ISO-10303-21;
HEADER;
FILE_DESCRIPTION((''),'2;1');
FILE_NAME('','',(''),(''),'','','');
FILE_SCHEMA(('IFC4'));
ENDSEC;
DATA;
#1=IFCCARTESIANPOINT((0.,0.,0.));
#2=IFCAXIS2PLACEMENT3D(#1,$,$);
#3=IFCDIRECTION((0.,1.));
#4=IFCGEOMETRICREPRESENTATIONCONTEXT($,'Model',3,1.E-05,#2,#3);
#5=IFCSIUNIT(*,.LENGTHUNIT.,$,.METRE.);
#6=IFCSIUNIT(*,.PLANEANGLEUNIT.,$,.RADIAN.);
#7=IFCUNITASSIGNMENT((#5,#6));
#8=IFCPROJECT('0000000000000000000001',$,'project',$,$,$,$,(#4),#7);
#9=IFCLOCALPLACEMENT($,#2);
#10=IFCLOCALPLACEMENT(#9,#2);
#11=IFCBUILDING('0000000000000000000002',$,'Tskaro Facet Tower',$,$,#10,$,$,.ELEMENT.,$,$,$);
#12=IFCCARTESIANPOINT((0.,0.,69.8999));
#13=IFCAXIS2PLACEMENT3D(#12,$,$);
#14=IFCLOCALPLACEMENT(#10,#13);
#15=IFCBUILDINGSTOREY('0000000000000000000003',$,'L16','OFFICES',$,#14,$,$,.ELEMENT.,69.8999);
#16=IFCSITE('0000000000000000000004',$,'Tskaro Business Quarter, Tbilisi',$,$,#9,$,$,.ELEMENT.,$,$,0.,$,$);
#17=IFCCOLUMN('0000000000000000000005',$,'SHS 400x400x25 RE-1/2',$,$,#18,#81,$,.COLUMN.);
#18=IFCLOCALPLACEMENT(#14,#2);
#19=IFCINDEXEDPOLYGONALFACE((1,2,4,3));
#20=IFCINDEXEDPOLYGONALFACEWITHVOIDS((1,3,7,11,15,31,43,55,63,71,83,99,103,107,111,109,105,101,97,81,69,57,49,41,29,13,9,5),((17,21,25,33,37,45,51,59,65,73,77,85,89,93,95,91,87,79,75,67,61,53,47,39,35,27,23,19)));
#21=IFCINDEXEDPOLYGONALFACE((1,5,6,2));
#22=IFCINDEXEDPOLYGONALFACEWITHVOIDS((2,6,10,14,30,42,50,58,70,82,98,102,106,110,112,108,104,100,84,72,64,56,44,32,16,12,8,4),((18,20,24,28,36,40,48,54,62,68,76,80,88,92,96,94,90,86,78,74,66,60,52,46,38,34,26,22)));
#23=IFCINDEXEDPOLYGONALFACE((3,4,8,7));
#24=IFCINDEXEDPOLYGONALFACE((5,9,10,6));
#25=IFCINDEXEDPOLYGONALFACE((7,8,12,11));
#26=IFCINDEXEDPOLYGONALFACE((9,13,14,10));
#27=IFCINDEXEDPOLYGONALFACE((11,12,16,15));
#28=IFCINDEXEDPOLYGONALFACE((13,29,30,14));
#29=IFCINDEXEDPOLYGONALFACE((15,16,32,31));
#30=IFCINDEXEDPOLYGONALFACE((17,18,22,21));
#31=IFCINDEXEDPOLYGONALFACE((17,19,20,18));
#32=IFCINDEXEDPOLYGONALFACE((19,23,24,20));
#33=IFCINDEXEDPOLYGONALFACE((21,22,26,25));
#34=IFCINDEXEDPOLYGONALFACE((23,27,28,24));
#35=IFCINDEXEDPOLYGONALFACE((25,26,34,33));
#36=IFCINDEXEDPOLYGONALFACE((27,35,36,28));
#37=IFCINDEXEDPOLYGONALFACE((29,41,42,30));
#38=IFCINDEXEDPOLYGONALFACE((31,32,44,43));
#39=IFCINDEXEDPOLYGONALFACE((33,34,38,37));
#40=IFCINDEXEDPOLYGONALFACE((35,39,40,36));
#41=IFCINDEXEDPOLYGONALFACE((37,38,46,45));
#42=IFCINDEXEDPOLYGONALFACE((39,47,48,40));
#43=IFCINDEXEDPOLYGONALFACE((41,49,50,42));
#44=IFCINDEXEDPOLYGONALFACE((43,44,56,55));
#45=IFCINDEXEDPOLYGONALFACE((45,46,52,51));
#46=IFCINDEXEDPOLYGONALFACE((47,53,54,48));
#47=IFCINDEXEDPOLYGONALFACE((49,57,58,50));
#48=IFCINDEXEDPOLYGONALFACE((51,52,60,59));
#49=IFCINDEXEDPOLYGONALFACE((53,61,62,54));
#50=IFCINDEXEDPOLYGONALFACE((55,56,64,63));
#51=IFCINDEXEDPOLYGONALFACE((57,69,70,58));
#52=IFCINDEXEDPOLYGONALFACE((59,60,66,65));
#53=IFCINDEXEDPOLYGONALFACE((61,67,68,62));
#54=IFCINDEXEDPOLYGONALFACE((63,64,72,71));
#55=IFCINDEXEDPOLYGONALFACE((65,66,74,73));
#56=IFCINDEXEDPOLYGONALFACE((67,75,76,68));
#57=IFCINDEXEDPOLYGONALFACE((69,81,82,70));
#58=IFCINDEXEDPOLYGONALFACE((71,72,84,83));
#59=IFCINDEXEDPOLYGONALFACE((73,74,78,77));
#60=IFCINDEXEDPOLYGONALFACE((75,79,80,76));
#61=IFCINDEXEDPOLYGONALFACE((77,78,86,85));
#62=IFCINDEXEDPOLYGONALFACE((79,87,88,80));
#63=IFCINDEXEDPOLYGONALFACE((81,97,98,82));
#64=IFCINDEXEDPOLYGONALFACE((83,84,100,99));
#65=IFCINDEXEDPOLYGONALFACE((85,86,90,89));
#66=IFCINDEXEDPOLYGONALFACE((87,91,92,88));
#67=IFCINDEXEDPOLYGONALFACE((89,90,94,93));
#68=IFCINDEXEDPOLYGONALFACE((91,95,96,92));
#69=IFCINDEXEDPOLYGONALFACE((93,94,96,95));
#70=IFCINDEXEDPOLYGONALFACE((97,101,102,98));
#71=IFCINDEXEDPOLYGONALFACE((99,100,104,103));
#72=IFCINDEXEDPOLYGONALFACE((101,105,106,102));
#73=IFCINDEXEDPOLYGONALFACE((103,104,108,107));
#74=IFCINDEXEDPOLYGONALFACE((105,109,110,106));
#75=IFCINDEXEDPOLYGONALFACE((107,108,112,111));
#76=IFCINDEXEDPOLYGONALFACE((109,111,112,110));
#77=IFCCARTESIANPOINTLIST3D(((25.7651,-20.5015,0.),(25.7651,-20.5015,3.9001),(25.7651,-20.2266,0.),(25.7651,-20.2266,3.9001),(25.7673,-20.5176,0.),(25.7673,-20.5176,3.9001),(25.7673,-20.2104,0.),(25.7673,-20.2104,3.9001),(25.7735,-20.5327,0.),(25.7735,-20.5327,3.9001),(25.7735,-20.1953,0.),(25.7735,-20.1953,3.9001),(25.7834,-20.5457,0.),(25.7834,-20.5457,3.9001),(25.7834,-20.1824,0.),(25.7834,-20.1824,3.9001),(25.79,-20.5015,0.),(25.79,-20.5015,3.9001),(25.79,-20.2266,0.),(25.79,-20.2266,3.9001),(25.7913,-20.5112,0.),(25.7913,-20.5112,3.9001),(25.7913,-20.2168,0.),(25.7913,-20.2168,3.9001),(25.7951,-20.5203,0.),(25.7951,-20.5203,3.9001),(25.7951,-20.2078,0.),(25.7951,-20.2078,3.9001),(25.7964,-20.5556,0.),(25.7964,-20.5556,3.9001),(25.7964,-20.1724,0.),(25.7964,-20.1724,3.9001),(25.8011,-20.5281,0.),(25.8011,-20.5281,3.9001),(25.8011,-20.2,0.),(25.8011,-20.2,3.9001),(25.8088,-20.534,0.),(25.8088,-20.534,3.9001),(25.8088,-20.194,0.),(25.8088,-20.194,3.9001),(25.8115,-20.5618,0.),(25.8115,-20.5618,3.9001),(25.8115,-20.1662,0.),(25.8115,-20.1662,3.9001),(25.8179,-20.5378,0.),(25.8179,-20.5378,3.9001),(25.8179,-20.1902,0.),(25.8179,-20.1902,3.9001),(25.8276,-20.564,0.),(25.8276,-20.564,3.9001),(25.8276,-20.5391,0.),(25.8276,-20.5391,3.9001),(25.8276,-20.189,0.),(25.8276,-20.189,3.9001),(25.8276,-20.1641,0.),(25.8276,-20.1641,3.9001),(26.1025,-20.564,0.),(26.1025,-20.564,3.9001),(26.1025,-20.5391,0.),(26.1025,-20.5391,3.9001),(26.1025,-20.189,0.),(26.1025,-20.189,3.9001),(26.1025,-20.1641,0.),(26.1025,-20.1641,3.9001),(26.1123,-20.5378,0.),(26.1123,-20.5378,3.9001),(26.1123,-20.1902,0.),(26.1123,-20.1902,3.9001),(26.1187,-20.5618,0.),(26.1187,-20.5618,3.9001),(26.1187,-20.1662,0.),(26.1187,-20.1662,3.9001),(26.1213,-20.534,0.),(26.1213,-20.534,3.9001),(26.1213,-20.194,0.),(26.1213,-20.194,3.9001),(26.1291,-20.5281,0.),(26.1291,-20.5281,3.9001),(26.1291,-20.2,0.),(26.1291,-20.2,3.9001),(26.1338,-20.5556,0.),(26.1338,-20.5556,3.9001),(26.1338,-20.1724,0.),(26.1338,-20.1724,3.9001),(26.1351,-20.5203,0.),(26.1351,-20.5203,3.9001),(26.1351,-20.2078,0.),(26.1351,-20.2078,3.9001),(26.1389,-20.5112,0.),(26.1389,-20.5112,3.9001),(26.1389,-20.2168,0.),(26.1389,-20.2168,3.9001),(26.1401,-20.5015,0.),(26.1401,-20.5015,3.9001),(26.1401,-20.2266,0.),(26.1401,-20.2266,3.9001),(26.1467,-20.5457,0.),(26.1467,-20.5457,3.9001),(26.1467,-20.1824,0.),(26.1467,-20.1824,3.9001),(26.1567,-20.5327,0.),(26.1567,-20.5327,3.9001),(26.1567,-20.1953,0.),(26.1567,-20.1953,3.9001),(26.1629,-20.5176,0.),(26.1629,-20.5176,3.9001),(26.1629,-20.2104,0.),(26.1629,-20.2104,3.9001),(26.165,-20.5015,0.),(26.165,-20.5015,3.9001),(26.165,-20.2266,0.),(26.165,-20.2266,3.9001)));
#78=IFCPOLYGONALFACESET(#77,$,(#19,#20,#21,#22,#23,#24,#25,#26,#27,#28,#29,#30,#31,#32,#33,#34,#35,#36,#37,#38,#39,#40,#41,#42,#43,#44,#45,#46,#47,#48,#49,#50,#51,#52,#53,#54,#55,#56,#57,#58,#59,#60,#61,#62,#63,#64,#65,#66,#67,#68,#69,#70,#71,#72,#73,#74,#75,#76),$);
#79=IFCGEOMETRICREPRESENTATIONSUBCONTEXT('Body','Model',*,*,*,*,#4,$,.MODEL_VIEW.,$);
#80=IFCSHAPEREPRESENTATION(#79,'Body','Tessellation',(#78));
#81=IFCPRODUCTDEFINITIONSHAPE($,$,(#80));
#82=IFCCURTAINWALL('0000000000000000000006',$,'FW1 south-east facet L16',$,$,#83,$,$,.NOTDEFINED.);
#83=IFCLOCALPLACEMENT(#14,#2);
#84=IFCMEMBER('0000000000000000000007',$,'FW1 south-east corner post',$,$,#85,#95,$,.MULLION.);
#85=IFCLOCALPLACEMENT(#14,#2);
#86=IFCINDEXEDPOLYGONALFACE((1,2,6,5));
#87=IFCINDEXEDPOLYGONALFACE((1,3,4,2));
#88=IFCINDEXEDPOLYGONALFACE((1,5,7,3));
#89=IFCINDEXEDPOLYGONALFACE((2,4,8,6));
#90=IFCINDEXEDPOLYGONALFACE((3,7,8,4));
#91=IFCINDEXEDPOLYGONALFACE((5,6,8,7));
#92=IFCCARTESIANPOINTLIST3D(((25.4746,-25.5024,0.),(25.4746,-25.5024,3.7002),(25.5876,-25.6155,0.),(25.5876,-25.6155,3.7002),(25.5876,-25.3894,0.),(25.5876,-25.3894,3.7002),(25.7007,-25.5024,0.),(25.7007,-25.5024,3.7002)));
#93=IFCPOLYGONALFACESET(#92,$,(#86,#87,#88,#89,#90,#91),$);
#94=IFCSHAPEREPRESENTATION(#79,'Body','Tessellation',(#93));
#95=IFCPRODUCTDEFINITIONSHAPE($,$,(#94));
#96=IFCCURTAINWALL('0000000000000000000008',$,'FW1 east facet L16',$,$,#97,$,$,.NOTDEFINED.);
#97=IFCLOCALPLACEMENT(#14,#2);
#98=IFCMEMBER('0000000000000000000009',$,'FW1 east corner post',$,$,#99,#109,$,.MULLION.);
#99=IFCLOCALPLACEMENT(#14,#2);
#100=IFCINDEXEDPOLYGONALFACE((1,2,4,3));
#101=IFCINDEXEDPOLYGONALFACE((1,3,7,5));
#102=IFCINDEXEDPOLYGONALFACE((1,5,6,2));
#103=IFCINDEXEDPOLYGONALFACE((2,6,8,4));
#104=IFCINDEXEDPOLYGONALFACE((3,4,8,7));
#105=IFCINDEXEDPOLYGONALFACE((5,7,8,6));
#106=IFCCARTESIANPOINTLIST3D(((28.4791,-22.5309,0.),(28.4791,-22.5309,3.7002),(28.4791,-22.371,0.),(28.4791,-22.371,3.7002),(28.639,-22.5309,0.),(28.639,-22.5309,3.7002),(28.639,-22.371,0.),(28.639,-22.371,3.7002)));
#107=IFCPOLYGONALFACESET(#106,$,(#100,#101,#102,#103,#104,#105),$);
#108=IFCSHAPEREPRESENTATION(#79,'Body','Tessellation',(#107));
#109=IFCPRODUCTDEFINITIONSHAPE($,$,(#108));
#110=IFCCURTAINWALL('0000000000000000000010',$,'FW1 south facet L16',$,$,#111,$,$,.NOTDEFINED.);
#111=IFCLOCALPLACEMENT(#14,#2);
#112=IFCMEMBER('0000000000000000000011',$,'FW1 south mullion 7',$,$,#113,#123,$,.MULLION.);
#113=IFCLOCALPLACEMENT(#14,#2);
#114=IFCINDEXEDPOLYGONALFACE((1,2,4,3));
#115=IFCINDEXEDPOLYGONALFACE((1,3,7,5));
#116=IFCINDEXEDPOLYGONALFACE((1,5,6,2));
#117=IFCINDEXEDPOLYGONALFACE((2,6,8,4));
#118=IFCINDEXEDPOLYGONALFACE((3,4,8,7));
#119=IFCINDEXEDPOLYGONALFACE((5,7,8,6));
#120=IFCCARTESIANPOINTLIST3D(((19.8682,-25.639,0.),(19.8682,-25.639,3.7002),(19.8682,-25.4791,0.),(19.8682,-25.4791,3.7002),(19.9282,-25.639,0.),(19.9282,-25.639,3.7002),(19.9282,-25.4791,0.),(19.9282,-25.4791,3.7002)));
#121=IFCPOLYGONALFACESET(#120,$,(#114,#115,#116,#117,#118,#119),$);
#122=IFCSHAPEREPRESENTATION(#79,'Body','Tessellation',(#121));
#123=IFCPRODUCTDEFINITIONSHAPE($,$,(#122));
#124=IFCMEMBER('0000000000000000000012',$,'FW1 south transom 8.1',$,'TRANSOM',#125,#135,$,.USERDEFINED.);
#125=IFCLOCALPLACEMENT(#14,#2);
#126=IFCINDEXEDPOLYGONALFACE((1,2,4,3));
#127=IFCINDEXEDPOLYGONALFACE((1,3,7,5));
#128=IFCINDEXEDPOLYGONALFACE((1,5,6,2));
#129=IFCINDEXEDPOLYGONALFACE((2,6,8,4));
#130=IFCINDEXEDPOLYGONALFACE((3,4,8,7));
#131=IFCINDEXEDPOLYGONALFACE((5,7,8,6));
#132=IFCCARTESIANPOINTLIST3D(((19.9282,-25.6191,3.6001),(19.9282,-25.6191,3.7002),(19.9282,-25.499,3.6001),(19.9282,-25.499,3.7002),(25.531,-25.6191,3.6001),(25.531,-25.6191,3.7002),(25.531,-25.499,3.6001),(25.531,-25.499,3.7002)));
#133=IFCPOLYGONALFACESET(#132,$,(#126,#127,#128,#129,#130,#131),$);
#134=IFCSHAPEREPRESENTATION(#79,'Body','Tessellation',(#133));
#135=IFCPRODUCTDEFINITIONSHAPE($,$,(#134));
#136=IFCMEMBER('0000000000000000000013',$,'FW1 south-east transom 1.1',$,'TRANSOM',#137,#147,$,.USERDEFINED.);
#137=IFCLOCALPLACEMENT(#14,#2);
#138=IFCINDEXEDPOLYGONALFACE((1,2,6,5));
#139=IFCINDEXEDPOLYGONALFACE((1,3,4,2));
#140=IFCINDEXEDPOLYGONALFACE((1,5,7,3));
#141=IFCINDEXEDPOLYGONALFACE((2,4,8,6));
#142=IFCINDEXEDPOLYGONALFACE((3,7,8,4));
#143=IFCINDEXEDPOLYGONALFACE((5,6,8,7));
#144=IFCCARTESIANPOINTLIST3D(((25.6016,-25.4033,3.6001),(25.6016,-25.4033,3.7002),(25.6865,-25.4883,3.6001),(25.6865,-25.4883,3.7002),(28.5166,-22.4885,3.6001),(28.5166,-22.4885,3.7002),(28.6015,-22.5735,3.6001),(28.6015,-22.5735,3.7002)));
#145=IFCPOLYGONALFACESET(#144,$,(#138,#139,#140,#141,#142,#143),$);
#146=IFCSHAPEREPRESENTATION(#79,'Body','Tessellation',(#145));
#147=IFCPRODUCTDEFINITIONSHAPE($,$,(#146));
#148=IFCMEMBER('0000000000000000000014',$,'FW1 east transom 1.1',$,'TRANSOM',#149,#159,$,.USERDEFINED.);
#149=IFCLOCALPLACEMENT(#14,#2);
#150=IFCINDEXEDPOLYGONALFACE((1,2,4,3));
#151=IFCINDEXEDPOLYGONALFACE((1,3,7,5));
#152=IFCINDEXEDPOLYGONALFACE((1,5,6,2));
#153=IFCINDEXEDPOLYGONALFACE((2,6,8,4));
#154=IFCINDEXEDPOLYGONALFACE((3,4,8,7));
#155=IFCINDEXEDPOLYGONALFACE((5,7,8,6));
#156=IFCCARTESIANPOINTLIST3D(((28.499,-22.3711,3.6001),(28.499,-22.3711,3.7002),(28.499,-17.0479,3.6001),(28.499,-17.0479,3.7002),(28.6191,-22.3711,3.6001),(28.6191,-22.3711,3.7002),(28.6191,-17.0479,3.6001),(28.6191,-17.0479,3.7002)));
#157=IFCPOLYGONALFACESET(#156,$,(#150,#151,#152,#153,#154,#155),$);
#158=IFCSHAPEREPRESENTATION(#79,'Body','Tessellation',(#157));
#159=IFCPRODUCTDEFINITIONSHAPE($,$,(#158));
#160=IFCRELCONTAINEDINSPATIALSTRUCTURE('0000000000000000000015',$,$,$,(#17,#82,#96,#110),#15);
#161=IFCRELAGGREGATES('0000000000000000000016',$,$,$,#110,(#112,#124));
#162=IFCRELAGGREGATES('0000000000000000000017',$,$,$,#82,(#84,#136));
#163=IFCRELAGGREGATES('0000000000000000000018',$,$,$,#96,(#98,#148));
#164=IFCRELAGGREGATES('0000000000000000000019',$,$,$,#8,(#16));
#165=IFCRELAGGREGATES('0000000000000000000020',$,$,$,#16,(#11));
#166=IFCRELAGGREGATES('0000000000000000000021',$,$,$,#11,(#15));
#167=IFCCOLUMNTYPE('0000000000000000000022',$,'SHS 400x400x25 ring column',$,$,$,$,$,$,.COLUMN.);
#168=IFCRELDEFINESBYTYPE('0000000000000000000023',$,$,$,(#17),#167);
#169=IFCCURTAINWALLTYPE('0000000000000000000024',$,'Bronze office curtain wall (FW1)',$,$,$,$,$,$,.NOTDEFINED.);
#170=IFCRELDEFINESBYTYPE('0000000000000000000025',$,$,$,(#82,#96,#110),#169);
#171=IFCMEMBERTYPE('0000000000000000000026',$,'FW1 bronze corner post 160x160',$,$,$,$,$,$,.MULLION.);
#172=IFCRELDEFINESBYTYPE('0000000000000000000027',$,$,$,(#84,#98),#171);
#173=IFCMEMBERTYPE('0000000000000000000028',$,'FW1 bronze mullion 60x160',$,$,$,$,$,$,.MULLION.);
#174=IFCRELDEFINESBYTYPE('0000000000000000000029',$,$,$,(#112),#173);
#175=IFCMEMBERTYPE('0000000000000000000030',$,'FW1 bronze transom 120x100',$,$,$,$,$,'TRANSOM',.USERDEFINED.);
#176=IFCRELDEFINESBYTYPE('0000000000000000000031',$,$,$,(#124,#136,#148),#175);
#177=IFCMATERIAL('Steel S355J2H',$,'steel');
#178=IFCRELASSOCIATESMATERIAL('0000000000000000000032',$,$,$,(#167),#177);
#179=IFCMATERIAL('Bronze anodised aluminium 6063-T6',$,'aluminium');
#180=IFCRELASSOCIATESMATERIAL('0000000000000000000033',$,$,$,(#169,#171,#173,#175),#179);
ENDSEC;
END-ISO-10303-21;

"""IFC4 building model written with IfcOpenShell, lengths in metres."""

from ifc_helpers import new_model, si_unit, direction, frame, origin, origin_2d, place, context, subcontext, project, spatial, rectangle, hollow_rectangle, extrude, material, material_profile, profile_set, type_object, element, aggregate, save


model = new_model("IFC4")

# Units and contexts
model_context = context("Model", 3, precision=1e-05, world=origin(), true_north=direction((0.0, 1.0)))
body_context = subcontext(model_context, "Body", "Model", "MODEL_VIEW")
ifc_project = project(units=[si_unit("LENGTHUNIT", "METRE"), si_unit("PLANEANGLEUNIT", "RADIAN")], contexts=[model_context])

# Site, building, storey
site_placement = place(None, origin())
site = spatial("IfcSite", under=ifc_project, at=site_placement, Name="Tskaro Business Quarter, Tbilisi", CompositionType="ELEMENT", RefElevation=0.0)
building_placement = place(site_placement, origin())
building = spatial("IfcBuilding", under=site, at=building_placement, Name="Tskaro Facet Tower", CompositionType="ELEMENT")
storey_placement = place(building_placement, frame((0.0, 0.0, 69.8999)))
storey = spatial("IfcBuildingStorey", under=building, at=storey_placement, Name="L16", Description="OFFICES", CompositionType="ELEMENT", Elevation=69.8999)

# Column
ifc_material_1 = material(Name="Steel S355J2H", Category="steel")
ifc_material_profile_1 = material_profile(ifc_material_1, hollow_rectangle(XDim=0.3999, YDim=0.3999, WallThickness=0.0249, InnerFilletRadius=0.0376, OuterFilletRadius=0.0625, at=origin_2d()), Name="SHS 400x400x25")
ifc_profile_set_1 = profile_set([ifc_material_profile_1], Name="Steel S355J2H")
column_type_1 = type_object("IfcColumnType", Name="SHS 400x400x25 ring column", PredefinedType="COLUMN", material=ifc_profile_set_1)
for number, where, z_axis, x_axis, name in (
    (1, (25.9651, -20.364, 0.0), (0.0, 0.0, 1.0), (1.0, 0.0, 0.0), "SHS 400x400x25 RE-1/2"),
):
    element("IfcColumn", number, at=place(storey_placement, frame(where, z_axis=z_axis, x_axis=x_axis)), inside=storey, type_object=column_type_1, Name=name, PredefinedType="COLUMN", context=body_context, shape_type="SweptSolid", body=[
        extrude(hollow_rectangle(XDim=0.3999, YDim=0.3999, WallThickness=0.0249, InnerFilletRadius=0.0376, OuterFilletRadius=0.0625, at=origin_2d()), origin(), (0.0, 0.0, 1.0), 3.9001),
    ])

# Curtain walls, members
ifc_material_2 = material(Name="Bronze anodised aluminium 6063-T6", Category="aluminium")
curtain_wall_type = type_object("IfcCurtainWallType", Name="Bronze office curtain wall (FW1)", PredefinedType="NOTDEFINED", material=ifc_material_2)
curtain_wall_1_placement = place(storey_placement, origin())
curtain_wall_1 = element("IfcCurtainWall", 2, at=curtain_wall_1_placement, inside=storey, type_object=curtain_wall_type, Name="FW1 south-east facet L16", PredefinedType="NOTDEFINED")
ifc_material_profile_2 = material_profile(ifc_material_2, rectangle(XDim=0.1599, YDim=0.1599, at=origin_2d()), Name="Corner post 160x160")
ifc_profile_set_2 = profile_set([ifc_material_profile_2], Name="Bronze anodised aluminium 6063-T6")
member_type_1 = type_object("IfcMemberType", Name="FW1 bronze corner post 160x160", PredefinedType="MULLION", material=ifc_profile_set_2)
member_1_placement = place(storey_placement, frame((25.5876, -25.5024, 0.0), z_axis=(0.0, 0.0, 1.0), x_axis=(0.707107, 0.707107, 0.0)))
member_1 = element("IfcMember", 3, at=member_1_placement, type_object=member_type_1, Name="FW1 south-east corner post", PredefinedType="MULLION", context=body_context, shape_type="SweptSolid", body=[
    extrude(rectangle(XDim=0.1599, YDim=0.1599, at=origin_2d()), origin(), (0.0, 0.0, 1.0), 3.7002),
])
curtain_wall_2_placement = place(storey_placement, origin())
curtain_wall_2 = element("IfcCurtainWall", 4, at=curtain_wall_2_placement, inside=storey, type_object=curtain_wall_type, Name="FW1 east facet L16", PredefinedType="NOTDEFINED")
member_2_placement = place(storey_placement, frame((28.5591, -22.4509, 0.0), z_axis=(0.0, 0.0, 1.0), x_axis=(0.0, 1.0, 0.0)))
member_2 = element("IfcMember", 5, at=member_2_placement, type_object=member_type_1, Name="FW1 east corner post", PredefinedType="MULLION", context=body_context, shape_type="SweptSolid", body=[
    extrude(rectangle(XDim=0.1599, YDim=0.1599, at=origin_2d()), origin(), (0.0, 0.0, 1.0), 3.7002),
])

# Curtain wall, members
curtain_wall_3_placement = place(storey_placement, origin())
curtain_wall_3 = element("IfcCurtainWall", 6, at=curtain_wall_3_placement, inside=storey, type_object=curtain_wall_type, Name="FW1 south facet L16", PredefinedType="NOTDEFINED")
ifc_material_profile_3 = material_profile(ifc_material_2, rectangle(XDim=0.0601, YDim=0.1599, at=origin_2d()), Name="Mullion 60x160")
ifc_profile_set_3 = profile_set([ifc_material_profile_3], Name="Bronze anodised aluminium 6063-T6")
member_type_2 = type_object("IfcMemberType", Name="FW1 bronze mullion 60x160", PredefinedType="MULLION", material=ifc_profile_set_3)
member_3_placement = place(storey_placement, frame((19.8982, -25.5591, 0.0), z_axis=(0.0, 0.0, 1.0), x_axis=(1.0, 0.0, 0.0)))
member_3 = element("IfcMember", 7, at=member_3_placement, type_object=member_type_2, Name="FW1 south mullion 7", PredefinedType="MULLION", context=body_context, shape_type="SweptSolid", body=[
    extrude(rectangle(XDim=0.0601, YDim=0.1599, at=origin_2d()), origin(), (0.0, 0.0, 1.0), 3.7002),
])
ifc_material_profile_4 = material_profile(ifc_material_2, rectangle(XDim=0.1201, YDim=0.1001, at=origin_2d()), Name="Transom 120x100")
ifc_profile_set_4 = profile_set([ifc_material_profile_4], Name="Bronze anodised aluminium 6063-T6")
member_type_3 = type_object("IfcMemberType", Name="FW1 bronze transom 120x100", ElementType="TRANSOM", PredefinedType="USERDEFINED", material=ifc_profile_set_4)
member_4_placement = place(storey_placement, frame((19.9282, -25.5591, 3.6501), z_axis=(1.0, 0.0, 0.0), x_axis=(0.0, 1.0, 0.0)))
member_4 = element("IfcMember", 8, at=member_4_placement, type_object=member_type_3, Name="FW1 south transom 8.1", ObjectType="TRANSOM", PredefinedType="USERDEFINED", context=body_context, shape_type="SweptSolid", body=[
    extrude(rectangle(XDim=0.1201, YDim=0.1001, at=origin_2d()), origin(), (0.0, 0.0, 1.0), 5.6028),
])

# Members
member_5_placement = place(storey_placement, frame((25.644, -25.4458, 3.6501), z_axis=(0.707136, 0.707077, 0.0), x_axis=(-0.707077, 0.707136, 0.0)))
member_5 = element("IfcMember", 9, at=member_5_placement, type_object=member_type_3, Name="FW1 south-east transom 1.1", ObjectType="TRANSOM", PredefinedType="USERDEFINED", context=body_context, shape_type="SweptSolid", body=[
    extrude(rectangle(XDim=0.1201, YDim=0.1001, at=origin_2d()), origin(), (0.0, 0.0, 1.0), 4.1223),
])
member_6_placement = place(storey_placement, frame((28.5591, -22.3711, 3.6501), z_axis=(0.0, 1.0, 0.0), x_axis=(-1.0, 0.0, 0.0)))
member_6 = element("IfcMember", 10, at=member_6_placement, type_object=member_type_3, Name="FW1 east transom 1.1", ObjectType="TRANSOM", PredefinedType="USERDEFINED", context=body_context, shape_type="SweptSolid", body=[
    extrude(rectangle(XDim=0.1201, YDim=0.1001, at=origin_2d()), origin(), (0.0, 0.0, 1.0), 5.3232),
])

aggregate(curtain_wall_3, [member_3, member_4])
aggregate(curtain_wall_1, [member_1, member_5])
aggregate(curtain_wall_2, [member_2, member_6])

save(model, "model.ifc")
